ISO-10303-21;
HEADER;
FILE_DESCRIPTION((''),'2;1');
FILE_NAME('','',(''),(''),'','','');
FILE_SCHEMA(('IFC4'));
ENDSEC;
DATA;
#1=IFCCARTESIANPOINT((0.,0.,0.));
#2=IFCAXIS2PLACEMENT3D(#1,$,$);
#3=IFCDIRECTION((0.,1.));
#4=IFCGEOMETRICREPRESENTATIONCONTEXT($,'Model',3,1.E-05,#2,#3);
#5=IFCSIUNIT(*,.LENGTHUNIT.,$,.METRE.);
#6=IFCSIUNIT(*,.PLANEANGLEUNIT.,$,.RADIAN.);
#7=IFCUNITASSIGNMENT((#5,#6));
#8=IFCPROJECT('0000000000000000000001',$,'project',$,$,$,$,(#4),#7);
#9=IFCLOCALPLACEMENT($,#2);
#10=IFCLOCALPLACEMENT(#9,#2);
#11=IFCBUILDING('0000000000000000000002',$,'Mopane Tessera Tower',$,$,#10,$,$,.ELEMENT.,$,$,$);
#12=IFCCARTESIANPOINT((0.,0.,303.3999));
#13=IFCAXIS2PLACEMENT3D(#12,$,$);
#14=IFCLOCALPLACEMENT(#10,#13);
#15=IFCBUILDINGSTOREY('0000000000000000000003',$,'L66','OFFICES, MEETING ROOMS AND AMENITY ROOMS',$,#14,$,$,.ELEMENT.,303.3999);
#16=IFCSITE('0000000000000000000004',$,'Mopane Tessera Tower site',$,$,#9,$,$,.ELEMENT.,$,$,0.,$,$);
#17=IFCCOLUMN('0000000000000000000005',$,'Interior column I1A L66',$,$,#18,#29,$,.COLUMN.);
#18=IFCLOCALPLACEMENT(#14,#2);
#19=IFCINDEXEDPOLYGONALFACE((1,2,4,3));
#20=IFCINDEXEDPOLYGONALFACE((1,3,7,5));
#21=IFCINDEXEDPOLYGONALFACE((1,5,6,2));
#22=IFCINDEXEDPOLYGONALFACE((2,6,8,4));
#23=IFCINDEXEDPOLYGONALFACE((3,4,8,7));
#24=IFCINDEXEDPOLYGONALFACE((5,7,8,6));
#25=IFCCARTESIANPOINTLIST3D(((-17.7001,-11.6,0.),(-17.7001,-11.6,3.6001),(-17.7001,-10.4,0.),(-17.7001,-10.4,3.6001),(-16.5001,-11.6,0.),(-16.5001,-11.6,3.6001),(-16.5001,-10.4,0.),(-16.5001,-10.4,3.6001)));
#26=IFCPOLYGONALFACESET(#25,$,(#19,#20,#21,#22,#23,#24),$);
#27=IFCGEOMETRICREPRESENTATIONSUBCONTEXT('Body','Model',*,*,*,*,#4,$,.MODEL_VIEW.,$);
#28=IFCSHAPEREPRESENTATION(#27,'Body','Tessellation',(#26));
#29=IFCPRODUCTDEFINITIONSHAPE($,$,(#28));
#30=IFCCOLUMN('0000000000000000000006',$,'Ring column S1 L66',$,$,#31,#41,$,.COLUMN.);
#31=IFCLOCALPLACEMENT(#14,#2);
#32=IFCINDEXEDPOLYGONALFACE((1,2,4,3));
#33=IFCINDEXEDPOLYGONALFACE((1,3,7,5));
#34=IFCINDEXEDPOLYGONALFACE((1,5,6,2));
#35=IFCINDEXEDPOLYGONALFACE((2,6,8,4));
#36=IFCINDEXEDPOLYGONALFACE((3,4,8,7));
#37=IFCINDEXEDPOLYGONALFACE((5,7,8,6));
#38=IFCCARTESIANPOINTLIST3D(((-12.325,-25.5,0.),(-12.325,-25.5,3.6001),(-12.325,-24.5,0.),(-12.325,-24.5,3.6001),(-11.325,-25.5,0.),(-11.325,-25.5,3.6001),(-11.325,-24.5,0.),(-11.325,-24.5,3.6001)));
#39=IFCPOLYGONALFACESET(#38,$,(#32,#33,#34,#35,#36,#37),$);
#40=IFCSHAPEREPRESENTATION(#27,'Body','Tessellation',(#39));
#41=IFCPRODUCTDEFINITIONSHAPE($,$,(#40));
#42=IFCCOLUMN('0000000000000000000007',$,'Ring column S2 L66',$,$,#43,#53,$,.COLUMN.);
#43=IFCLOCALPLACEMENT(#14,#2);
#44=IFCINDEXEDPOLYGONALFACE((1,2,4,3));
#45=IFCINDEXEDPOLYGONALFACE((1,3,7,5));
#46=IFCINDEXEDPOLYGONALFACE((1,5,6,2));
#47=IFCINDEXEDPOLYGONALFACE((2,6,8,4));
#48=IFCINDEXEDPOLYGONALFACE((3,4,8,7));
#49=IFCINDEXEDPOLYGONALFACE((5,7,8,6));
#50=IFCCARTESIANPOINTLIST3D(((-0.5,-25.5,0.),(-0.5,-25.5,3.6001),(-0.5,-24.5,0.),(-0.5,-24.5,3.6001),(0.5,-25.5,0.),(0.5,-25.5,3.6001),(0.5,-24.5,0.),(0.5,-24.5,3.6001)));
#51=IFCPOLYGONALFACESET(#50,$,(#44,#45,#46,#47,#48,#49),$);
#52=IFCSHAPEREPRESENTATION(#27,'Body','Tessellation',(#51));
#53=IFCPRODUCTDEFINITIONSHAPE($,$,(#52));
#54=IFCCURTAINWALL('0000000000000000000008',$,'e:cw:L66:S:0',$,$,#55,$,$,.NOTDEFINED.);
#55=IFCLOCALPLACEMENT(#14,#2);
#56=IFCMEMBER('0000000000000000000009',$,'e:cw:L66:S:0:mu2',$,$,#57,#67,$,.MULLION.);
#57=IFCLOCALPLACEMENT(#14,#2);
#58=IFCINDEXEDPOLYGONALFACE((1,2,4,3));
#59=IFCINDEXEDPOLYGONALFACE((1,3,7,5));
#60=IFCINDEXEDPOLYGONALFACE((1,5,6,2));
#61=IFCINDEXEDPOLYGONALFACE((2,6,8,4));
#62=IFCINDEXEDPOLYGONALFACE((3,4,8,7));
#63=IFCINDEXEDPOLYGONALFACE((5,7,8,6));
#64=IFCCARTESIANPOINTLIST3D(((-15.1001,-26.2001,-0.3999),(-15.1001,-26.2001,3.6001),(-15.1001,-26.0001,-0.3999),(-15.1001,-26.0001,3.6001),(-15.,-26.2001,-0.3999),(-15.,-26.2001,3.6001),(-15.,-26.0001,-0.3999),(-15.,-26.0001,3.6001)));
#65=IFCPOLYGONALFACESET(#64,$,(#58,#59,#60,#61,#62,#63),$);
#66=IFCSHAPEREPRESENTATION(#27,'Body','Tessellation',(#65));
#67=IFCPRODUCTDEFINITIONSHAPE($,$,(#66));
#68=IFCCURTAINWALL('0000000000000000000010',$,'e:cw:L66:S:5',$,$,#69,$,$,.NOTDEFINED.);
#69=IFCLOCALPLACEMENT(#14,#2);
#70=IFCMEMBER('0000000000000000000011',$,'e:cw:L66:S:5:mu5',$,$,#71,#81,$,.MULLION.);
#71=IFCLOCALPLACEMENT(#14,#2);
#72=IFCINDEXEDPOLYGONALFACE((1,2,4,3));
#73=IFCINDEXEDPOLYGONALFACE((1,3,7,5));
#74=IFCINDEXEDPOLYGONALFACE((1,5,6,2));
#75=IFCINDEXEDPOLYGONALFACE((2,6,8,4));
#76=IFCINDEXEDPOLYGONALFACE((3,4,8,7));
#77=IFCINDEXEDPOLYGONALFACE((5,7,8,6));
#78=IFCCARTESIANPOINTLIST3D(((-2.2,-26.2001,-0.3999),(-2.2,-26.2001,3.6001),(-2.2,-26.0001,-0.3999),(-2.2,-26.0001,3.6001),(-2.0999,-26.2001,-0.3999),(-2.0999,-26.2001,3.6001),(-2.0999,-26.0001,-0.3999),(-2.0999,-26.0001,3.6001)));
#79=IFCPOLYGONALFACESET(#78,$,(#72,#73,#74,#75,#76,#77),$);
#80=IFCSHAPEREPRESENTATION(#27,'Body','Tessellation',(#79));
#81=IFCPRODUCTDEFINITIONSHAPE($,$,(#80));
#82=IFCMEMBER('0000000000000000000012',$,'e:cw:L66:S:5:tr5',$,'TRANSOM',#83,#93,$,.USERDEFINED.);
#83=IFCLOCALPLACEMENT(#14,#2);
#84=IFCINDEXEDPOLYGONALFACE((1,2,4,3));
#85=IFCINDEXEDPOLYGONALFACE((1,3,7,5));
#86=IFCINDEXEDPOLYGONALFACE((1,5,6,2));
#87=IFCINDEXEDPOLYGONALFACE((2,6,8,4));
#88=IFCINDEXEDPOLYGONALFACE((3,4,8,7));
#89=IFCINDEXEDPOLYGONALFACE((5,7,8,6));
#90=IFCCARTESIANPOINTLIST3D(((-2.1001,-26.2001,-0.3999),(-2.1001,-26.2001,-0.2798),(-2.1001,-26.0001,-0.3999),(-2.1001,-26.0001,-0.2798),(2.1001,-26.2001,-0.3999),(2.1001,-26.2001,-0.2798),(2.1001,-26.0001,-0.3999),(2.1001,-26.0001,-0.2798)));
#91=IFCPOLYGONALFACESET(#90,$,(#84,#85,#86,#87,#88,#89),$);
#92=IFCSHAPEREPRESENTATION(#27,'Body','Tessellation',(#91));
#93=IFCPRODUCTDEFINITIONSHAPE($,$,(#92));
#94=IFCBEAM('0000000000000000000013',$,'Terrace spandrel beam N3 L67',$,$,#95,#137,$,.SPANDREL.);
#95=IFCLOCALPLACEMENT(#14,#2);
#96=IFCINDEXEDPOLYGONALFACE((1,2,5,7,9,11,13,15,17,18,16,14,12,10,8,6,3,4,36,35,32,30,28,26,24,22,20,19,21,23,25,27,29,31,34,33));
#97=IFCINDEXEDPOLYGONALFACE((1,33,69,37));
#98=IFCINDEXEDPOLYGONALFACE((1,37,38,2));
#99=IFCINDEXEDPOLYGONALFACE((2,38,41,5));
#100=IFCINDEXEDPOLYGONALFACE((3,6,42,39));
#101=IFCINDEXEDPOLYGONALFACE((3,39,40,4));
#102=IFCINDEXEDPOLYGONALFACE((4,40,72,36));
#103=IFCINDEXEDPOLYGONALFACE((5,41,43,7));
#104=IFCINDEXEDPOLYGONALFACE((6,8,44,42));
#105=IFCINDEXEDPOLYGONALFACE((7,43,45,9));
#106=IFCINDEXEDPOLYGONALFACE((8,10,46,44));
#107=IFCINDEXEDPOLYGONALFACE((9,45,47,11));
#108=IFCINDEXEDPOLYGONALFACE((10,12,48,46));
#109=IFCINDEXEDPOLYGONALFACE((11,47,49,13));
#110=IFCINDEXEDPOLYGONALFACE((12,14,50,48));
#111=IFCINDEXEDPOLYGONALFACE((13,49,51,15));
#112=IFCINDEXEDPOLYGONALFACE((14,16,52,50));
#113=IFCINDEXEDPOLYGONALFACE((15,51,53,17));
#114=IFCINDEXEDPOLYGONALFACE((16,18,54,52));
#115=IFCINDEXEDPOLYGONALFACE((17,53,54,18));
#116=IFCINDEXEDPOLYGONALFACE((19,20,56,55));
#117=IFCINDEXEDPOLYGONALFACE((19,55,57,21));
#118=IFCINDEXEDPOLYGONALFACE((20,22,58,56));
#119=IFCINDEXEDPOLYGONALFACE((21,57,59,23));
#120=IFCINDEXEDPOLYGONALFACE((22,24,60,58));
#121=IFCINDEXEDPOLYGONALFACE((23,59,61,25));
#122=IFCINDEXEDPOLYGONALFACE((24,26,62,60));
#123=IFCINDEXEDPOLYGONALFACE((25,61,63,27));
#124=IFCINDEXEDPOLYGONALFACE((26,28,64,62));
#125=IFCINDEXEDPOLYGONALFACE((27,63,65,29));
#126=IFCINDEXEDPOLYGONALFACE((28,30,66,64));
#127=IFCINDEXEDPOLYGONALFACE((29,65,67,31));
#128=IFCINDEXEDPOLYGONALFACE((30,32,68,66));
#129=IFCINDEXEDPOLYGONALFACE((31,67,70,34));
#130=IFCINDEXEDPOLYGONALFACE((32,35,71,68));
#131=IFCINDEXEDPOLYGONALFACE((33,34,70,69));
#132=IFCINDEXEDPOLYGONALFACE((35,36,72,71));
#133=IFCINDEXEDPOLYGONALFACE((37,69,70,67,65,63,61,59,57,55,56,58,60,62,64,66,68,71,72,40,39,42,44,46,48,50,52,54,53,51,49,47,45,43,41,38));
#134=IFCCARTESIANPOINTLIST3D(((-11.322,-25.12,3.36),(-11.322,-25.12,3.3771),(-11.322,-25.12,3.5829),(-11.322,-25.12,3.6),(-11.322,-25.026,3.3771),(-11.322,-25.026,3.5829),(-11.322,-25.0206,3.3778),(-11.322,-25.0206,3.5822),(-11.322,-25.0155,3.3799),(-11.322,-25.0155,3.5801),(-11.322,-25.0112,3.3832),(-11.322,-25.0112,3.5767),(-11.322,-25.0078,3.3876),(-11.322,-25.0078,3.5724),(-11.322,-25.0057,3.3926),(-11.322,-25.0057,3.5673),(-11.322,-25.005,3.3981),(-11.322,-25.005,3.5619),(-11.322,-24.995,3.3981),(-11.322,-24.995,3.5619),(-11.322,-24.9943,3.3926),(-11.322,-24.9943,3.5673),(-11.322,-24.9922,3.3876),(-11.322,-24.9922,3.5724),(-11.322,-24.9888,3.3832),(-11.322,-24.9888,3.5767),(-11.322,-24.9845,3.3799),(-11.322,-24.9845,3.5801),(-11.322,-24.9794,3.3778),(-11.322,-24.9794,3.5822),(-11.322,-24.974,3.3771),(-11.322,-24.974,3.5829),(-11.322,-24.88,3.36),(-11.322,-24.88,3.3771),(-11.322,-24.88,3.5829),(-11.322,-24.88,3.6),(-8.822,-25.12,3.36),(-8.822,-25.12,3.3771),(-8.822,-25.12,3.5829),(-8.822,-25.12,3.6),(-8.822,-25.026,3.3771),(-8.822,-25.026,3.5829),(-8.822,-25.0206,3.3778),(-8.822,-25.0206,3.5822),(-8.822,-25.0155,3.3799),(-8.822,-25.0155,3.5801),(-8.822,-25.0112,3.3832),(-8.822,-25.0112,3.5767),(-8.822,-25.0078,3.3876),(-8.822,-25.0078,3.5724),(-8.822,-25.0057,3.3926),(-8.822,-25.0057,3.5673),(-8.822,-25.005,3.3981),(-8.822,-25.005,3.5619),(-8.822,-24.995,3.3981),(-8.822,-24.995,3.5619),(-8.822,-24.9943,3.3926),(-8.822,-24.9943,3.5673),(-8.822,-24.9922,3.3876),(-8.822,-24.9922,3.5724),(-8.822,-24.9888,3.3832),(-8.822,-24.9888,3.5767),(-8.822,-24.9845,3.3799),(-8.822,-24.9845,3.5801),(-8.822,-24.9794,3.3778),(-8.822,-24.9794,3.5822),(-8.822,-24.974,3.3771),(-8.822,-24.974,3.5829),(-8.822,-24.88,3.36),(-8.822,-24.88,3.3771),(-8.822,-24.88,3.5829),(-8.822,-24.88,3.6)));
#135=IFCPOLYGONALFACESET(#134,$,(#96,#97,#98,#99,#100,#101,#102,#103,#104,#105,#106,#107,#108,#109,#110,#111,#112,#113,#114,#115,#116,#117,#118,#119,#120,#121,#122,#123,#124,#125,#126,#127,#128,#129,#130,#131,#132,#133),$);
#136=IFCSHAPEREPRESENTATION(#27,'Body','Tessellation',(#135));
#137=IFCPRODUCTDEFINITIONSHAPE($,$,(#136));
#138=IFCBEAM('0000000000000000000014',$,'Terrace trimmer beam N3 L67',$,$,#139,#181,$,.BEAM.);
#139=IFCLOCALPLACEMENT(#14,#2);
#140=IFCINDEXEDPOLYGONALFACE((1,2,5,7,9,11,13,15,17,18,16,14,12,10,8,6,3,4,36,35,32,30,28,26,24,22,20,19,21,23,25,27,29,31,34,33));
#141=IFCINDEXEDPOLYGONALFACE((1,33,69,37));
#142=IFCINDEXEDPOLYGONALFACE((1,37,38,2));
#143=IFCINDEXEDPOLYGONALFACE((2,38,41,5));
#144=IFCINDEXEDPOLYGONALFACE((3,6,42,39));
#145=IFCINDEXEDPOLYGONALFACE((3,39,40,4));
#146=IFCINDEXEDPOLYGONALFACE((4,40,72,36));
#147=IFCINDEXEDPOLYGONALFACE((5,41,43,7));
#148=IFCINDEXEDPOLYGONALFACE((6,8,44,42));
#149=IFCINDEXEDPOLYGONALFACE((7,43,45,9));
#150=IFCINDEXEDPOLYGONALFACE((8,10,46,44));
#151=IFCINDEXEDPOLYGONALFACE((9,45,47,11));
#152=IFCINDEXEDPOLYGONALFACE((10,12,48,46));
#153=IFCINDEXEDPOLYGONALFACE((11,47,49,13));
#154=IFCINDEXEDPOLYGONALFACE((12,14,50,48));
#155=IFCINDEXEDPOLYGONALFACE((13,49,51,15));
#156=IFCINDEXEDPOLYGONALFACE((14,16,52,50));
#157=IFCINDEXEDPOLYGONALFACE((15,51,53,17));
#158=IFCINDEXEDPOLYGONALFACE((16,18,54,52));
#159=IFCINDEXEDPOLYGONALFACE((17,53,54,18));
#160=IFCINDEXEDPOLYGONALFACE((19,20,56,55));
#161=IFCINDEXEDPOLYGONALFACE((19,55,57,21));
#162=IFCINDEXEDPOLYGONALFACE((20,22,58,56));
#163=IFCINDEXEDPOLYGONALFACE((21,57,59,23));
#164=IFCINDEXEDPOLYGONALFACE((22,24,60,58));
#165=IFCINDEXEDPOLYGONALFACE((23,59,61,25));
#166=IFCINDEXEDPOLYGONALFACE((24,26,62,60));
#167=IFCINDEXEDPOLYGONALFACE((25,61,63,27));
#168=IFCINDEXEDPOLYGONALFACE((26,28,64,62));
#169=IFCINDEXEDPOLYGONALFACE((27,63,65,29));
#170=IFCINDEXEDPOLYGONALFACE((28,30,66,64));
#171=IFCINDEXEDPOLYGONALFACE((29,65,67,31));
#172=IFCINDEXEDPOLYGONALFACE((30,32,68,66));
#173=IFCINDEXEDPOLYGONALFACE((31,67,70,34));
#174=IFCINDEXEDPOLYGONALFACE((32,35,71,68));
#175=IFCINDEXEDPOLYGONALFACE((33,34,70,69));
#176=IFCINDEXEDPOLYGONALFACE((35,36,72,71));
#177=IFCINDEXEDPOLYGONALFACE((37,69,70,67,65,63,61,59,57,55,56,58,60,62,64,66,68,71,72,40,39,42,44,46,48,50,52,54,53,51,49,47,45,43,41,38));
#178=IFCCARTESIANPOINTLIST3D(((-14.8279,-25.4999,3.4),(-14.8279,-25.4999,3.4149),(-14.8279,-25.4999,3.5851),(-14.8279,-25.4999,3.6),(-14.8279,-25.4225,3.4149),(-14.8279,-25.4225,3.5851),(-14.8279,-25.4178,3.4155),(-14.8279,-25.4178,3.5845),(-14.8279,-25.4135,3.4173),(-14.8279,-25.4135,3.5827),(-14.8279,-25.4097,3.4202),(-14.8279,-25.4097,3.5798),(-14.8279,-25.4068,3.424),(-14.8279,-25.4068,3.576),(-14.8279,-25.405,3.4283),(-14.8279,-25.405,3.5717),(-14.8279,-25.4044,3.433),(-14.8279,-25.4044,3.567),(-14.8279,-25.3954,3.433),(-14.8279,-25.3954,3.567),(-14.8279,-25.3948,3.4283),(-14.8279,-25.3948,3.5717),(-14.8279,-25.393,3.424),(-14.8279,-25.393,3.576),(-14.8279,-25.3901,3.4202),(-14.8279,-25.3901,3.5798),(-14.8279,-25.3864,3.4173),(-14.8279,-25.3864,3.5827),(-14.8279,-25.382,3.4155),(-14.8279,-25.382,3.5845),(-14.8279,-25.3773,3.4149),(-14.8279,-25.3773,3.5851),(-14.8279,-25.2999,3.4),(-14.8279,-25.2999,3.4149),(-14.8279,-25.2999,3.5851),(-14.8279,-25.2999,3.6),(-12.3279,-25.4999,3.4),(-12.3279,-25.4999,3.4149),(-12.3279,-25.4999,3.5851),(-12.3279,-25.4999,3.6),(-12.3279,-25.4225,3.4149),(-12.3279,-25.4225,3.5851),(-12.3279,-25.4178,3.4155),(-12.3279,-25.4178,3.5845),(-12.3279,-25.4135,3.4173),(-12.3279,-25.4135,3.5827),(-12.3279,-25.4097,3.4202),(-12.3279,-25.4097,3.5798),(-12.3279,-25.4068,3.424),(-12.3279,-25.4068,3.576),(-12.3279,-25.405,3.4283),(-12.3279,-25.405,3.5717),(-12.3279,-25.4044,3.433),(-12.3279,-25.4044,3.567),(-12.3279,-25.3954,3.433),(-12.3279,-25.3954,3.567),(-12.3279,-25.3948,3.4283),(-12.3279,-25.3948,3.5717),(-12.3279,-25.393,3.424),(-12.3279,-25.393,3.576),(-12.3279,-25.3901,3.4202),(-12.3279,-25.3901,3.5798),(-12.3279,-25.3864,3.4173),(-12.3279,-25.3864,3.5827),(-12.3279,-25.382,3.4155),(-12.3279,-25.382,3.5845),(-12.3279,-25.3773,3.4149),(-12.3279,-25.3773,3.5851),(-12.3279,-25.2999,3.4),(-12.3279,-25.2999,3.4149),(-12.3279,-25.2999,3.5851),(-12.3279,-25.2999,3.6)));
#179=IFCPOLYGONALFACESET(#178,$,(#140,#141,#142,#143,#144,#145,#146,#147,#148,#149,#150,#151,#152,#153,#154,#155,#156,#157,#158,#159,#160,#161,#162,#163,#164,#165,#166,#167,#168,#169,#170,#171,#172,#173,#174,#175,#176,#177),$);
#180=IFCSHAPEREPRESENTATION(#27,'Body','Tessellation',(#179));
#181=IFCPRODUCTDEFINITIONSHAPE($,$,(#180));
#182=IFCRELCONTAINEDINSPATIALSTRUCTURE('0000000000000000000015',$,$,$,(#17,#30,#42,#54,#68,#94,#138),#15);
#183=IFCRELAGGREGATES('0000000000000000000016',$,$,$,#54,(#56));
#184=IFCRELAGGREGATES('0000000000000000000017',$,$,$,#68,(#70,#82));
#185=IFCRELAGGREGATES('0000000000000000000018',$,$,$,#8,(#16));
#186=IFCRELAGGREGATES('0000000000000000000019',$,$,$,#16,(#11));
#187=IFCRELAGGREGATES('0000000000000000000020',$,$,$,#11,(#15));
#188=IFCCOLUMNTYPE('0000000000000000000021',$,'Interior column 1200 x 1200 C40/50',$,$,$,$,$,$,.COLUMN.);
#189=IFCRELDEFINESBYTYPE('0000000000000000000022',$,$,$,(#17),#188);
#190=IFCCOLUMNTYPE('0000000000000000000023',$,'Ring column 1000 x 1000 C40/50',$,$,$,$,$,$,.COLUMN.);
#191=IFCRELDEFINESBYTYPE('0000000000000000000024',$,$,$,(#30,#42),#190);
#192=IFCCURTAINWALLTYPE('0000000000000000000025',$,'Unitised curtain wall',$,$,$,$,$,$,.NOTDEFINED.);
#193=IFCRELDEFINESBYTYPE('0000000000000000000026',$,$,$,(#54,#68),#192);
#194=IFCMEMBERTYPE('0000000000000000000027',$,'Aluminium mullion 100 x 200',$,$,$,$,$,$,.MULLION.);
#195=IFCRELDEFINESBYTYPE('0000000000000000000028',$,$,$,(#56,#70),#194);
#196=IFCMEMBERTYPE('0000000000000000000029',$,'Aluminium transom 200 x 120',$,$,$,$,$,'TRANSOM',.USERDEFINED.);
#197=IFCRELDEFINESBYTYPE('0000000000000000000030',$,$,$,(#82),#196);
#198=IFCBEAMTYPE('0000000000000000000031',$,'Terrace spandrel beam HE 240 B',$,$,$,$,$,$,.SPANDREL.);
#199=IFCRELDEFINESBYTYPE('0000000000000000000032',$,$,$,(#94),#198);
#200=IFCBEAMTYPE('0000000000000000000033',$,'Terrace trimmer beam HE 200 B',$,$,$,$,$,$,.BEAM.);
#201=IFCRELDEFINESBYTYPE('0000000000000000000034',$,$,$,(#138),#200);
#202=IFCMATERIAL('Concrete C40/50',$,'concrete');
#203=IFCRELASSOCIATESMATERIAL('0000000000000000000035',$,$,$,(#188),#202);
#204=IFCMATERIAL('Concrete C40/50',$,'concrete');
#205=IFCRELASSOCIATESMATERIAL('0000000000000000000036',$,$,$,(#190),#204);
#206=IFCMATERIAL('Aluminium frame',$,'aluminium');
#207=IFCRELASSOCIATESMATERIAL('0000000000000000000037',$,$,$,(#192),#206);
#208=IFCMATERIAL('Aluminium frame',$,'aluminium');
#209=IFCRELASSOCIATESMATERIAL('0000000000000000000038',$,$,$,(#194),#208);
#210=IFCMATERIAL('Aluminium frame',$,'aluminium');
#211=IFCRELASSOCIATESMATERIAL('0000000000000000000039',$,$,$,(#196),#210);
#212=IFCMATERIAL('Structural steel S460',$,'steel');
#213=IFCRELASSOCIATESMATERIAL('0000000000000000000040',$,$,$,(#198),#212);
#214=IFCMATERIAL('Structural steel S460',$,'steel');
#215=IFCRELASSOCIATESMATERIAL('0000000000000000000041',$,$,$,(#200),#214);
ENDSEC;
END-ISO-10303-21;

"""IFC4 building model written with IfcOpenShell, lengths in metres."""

from ifc_helpers import new_model, si_unit, direction, frame, origin, origin_2d, place, context, subcontext, project, spatial, rectangle, i_section, extrude, material, material_profile, profile_set, type_object, element, aggregate, save


model = new_model("IFC4")

# Units and contexts
model_context = context("Model", 3, precision=1e-05, world=origin(), true_north=direction((0.0, 1.0)))
body_context = subcontext(model_context, "Body", "Model", "MODEL_VIEW")
ifc_project = project(units=[si_unit("LENGTHUNIT", "METRE"), si_unit("PLANEANGLEUNIT", "RADIAN")], contexts=[model_context])

# Site, building, storey
site_placement = place(None, origin())
site = spatial("IfcSite", under=ifc_project, at=site_placement, Name="Mopane Tessera Tower site", CompositionType="ELEMENT", RefElevation=0.0)
building_placement = place(site_placement, origin())
building = spatial("IfcBuilding", under=site, at=building_placement, Name="Mopane Tessera Tower", CompositionType="ELEMENT")
storey_placement = place(building_placement, frame((0.0, 0.0, 303.3999)))
storey = spatial("IfcBuildingStorey", under=building, at=storey_placement, Name="L66", Description="OFFICES, MEETING ROOMS AND AMENITY ROOMS", CompositionType="ELEMENT", Elevation=303.3999)

# Columns
ifc_material_1 = material(Name="Concrete C40/50", Category="concrete")
ifc_material_profile_1 = material_profile(ifc_material_1, rectangle(XDim=1.2, YDim=1.2, at=origin_2d()))
ifc_profile_set_1 = profile_set([ifc_material_profile_1], Name="Concrete C40/50")
column_type_1 = type_object("IfcColumnType", Name="Interior column 1200 x 1200 C40/50", PredefinedType="COLUMN", material=ifc_profile_set_1)
column_placement = place(storey_placement, frame((-17.1001, -11.0, 0.0), z_axis=(0.0, 0.0, 1.0), x_axis=(1.0, 0.0, 0.0)))
element("IfcColumn", 1, at=column_placement, inside=storey, type_object=column_type_1, Name="Interior column I1A L66", PredefinedType="COLUMN", context=body_context, shape_type="SweptSolid", body=[
    extrude(rectangle(XDim=1.2, YDim=1.2, at=origin_2d()), origin(), (0.0, 0.0, 1.0), 3.6001),
])
ifc_material_2 = material(Name="Concrete C40/50", Category="concrete")
ifc_material_profile_2 = material_profile(ifc_material_2, rectangle(XDim=1.0, YDim=1.0, at=origin_2d()))
ifc_profile_set_2 = profile_set([ifc_material_profile_2], Name="Concrete C40/50")
column_type_2 = type_object("IfcColumnType", Name="Ring column 1000 x 1000 C40/50", PredefinedType="COLUMN", material=ifc_profile_set_2)
for number, where, z_axis, x_axis, name in (
    (2, (-11.825, -25.0, 0.0), (0.0, 0.0, 1.0), (1.0, 0.0, 0.0), "Ring column S1 L66"),
    (3, (0.0, -25.0, 0.0), (0.0, 0.0, 1.0), (1.0, 0.0, 0.0), "Ring column S2 L66"),
):
    element("IfcColumn", number, at=place(storey_placement, frame(where, z_axis=z_axis, x_axis=x_axis)), inside=storey, type_object=column_type_2, Name=name, PredefinedType="COLUMN", context=body_context, shape_type="SweptSolid", body=[
        extrude(rectangle(XDim=1.0, YDim=1.0, at=origin_2d()), origin(), (0.0, 0.0, 1.0), 3.6001),
    ])

# Curtain wall, member
ifc_material_3 = material(Name="Aluminium frame", Category="aluminium")
curtain_wall_type = type_object("IfcCurtainWallType", Name="Unitised curtain wall", PredefinedType="NOTDEFINED", material=ifc_material_3)
curtain_wall_1_placement = place(storey_placement, origin())
curtain_wall_1 = element("IfcCurtainWall", 4, at=curtain_wall_1_placement, inside=storey, type_object=curtain_wall_type, Name="e:cw:L66:S:0", PredefinedType="NOTDEFINED")
ifc_material_4 = material(Name="Aluminium frame", Category="aluminium")
ifc_material_profile_3 = material_profile(ifc_material_4, rectangle(XDim=0.1001, YDim=0.2, at=origin_2d()))
ifc_profile_set_3 = profile_set([ifc_material_profile_3], Name="Aluminium frame")
member_type_1 = type_object("IfcMemberType", Name="Aluminium mullion 100 x 200", PredefinedType="MULLION", material=ifc_profile_set_3)
member_1_placement = place(storey_placement, frame((-15.05, -26.1001, -0.3999), z_axis=(0.0, 0.0, 1.0), x_axis=(1.0, 0.0, 0.0)))
member_1 = element("IfcMember", 5, at=member_1_placement, type_object=member_type_1, Name="e:cw:L66:S:0:mu2", PredefinedType="MULLION", context=body_context, shape_type="SweptSolid", body=[
    extrude(rectangle(XDim=0.1001, YDim=0.2, at=origin_2d()), origin(), (0.0, 0.0, 1.0), 4.0),
])

# Curtain wall, members
curtain_wall_2_placement = place(storey_placement, origin())
curtain_wall_2 = element("IfcCurtainWall", 6, at=curtain_wall_2_placement, inside=storey, type_object=curtain_wall_type, Name="e:cw:L66:S:5", PredefinedType="NOTDEFINED")
member_2_placement = place(storey_placement, frame((-2.1499, -26.1001, -0.3999), z_axis=(0.0, 0.0, 1.0), x_axis=(1.0, 0.0, 0.0)))
member_2 = element("IfcMember", 7, at=member_2_placement, type_object=member_type_1, Name="e:cw:L66:S:5:mu5", PredefinedType="MULLION", context=body_context, shape_type="SweptSolid", body=[
    extrude(rectangle(XDim=0.1001, YDim=0.2, at=origin_2d()), origin(), (0.0, 0.0, 1.0), 4.0),
])
ifc_material_5 = material(Name="Aluminium frame", Category="aluminium")
ifc_material_profile_4 = material_profile(ifc_material_5, rectangle(XDim=0.2, YDim=0.1201, at=origin_2d()))
ifc_profile_set_4 = profile_set([ifc_material_profile_4], Name="Aluminium frame")
member_type_2 = type_object("IfcMemberType", Name="Aluminium transom 200 x 120", ElementType="TRANSOM", PredefinedType="USERDEFINED", material=ifc_profile_set_4)
member_3_placement = place(storey_placement, frame((-2.1001, -26.1001, -0.3398), z_axis=(1.0, 0.0, 0.0), x_axis=(0.0, 1.0, 0.0)))
member_3 = element("IfcMember", 8, at=member_3_placement, type_object=member_type_2, Name="e:cw:L66:S:5:tr5", ObjectType="TRANSOM", PredefinedType="USERDEFINED", context=body_context, shape_type="SweptSolid", body=[
    extrude(rectangle(XDim=0.2, YDim=0.1201, at=origin_2d()), origin(), (0.0, 0.0, 1.0), 4.2002),
])

# Beams
ifc_material_6 = material(Name="Structural steel S460", Category="steel")
ifc_material_profile_5 = material_profile(ifc_material_6, i_section(OverallWidth=0.24, OverallDepth=0.24, WebThickness=0.01, FlangeThickness=0.0171, FilletRadius=0.021, at=origin_2d()))
ifc_profile_set_5 = profile_set([ifc_material_profile_5], Name="Structural steel S460")
beam_type_1 = type_object("IfcBeamType", Name="Terrace spandrel beam HE 240 B", PredefinedType="SPANDREL", material=ifc_profile_set_5)
beam_1_placement = place(storey_placement, frame((-11.322, -25.0, 3.48), z_axis=(1.0, 0.0, 0.0), x_axis=(0.0, 1.0, 0.0)))
element("IfcBeam", 9, at=beam_1_placement, inside=storey, type_object=beam_type_1, Name="Terrace spandrel beam N3 L67", PredefinedType="SPANDREL", context=body_context, shape_type="SweptSolid", body=[
    extrude(i_section(OverallWidth=0.24, OverallDepth=0.24, WebThickness=0.01, FlangeThickness=0.0171, FilletRadius=0.021, at=origin_2d()), origin(), (0.0, 0.0, 1.0), 2.5),
])
ifc_material_7 = material(Name="Structural steel S460", Category="steel")
ifc_material_profile_6 = material_profile(ifc_material_7, i_section(OverallWidth=0.2, OverallDepth=0.2, WebThickness=0.009, FlangeThickness=0.0149, FilletRadius=0.0181, at=origin_2d()))
ifc_profile_set_6 = profile_set([ifc_material_profile_6], Name="Structural steel S460")
beam_type_2 = type_object("IfcBeamType", Name="Terrace trimmer beam HE 200 B", PredefinedType="BEAM", material=ifc_profile_set_6)
beam_2_placement = place(storey_placement, frame((-12.3279, -25.3999, 3.5), z_axis=(-1.0, 0.0, 0.0), x_axis=(0.0, -1.0, 0.0)))
element("IfcBeam", 10, at=beam_2_placement, inside=storey, type_object=beam_type_2, Name="Terrace trimmer beam N3 L67", PredefinedType="BEAM", context=body_context, shape_type="SweptSolid", body=[
    extrude(i_section(OverallWidth=0.2, OverallDepth=0.2, WebThickness=0.009, FlangeThickness=0.0149, FilletRadius=0.0181, at=origin_2d()), origin(), (0.0, 0.0, 1.0), 2.5),
])

aggregate(curtain_wall_1, [member_1])
aggregate(curtain_wall_2, [member_2, member_3])

save(model, "model.ifc")
